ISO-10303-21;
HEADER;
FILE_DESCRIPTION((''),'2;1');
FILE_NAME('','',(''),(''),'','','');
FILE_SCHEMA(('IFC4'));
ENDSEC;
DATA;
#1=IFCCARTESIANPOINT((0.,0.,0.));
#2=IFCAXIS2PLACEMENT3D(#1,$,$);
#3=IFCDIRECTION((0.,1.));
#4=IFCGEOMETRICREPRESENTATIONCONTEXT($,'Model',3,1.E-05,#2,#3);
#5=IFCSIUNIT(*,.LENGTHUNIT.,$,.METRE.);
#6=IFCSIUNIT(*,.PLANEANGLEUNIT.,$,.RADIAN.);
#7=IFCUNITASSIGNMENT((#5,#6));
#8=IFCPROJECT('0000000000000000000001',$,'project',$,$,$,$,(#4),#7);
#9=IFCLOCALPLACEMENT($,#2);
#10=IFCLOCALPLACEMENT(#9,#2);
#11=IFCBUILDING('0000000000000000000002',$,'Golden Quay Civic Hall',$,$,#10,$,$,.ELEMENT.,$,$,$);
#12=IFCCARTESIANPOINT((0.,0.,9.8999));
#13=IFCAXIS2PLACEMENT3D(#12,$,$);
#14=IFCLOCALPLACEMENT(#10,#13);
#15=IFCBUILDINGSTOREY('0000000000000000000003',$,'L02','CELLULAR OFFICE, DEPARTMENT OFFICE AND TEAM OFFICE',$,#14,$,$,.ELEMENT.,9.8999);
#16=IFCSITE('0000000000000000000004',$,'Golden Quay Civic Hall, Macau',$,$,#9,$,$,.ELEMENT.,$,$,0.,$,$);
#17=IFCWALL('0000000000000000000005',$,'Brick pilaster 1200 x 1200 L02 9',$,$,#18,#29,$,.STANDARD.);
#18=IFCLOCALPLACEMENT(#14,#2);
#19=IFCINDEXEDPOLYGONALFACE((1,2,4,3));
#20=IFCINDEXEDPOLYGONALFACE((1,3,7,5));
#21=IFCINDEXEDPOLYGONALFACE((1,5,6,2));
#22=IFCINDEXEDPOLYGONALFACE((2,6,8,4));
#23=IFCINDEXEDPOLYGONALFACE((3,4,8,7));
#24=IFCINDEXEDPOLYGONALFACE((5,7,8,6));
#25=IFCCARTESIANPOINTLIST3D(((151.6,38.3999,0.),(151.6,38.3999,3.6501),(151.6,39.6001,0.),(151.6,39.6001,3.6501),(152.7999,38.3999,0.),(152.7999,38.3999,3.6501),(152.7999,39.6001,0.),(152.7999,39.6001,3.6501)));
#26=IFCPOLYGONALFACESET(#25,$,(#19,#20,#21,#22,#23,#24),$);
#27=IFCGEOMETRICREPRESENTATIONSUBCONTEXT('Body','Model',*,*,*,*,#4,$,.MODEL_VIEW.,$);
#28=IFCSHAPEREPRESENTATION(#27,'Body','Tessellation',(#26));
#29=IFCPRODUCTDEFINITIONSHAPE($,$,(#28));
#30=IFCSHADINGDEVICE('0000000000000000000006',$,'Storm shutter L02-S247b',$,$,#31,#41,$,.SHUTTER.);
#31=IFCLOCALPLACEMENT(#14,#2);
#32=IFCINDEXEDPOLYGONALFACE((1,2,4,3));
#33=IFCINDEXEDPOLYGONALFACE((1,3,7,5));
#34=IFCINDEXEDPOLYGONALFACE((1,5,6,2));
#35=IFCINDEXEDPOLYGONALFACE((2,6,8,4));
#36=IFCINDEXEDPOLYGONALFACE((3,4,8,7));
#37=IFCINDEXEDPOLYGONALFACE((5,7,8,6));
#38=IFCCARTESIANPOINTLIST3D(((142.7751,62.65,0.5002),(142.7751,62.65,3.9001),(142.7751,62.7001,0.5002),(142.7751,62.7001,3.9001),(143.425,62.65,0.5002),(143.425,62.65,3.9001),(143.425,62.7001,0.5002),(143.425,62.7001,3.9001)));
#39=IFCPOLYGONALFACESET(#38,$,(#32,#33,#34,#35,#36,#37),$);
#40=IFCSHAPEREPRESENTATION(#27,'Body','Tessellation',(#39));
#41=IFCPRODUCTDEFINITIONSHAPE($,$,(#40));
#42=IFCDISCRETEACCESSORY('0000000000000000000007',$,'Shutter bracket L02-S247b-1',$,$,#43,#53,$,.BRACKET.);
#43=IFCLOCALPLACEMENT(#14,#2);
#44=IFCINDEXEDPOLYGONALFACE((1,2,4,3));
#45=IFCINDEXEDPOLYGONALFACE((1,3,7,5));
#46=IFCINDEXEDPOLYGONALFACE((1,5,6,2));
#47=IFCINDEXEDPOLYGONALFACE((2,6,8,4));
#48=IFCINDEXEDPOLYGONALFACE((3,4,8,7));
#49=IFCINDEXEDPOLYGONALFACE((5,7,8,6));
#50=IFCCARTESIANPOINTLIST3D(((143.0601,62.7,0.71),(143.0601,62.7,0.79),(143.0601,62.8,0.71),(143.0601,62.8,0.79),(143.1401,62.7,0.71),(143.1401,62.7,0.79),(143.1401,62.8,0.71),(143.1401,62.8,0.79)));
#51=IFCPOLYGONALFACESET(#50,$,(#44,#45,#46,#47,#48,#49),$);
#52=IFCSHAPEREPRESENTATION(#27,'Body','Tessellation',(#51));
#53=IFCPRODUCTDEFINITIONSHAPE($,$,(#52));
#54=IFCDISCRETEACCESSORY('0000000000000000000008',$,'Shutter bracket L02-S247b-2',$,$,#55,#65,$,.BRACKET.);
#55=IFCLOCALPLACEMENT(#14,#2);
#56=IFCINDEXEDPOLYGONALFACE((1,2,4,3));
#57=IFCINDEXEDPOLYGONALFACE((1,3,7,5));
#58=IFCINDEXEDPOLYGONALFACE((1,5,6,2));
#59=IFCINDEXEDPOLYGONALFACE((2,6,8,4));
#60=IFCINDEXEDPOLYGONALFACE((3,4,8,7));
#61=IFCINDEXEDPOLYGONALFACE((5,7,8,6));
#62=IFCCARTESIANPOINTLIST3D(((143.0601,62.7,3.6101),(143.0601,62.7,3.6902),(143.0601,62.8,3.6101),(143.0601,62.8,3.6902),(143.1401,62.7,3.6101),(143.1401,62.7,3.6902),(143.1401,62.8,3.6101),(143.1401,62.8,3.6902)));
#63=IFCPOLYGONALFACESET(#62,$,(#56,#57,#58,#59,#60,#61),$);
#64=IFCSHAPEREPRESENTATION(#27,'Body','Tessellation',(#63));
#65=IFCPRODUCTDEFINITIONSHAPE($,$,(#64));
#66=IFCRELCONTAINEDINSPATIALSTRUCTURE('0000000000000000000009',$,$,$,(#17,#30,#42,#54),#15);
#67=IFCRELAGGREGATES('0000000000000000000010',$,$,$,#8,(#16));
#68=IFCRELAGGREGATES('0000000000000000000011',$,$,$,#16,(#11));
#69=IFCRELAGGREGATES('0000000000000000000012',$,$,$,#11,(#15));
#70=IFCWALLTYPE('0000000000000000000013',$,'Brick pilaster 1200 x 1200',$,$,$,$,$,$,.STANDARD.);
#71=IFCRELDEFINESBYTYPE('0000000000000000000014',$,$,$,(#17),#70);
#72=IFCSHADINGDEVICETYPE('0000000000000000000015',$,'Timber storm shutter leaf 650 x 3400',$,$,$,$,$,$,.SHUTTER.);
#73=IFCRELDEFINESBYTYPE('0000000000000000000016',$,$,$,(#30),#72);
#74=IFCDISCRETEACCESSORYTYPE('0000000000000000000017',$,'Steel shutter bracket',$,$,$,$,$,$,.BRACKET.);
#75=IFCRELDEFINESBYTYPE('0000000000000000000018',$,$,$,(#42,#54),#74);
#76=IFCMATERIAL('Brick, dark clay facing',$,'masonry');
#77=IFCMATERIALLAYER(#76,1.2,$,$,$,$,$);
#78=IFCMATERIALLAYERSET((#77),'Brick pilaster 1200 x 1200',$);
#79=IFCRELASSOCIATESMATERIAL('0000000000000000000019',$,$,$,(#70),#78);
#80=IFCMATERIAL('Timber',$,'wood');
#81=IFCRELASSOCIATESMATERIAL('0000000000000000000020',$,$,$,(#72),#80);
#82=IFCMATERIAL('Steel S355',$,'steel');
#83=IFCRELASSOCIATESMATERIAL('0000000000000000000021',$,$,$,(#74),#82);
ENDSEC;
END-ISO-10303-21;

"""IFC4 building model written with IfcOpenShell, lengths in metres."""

from ifc_helpers import new_model, si_unit, direction, frame, frame_2d, origin, origin_2d, place, context, subcontext, project, spatial, rectangle, extrude, material, layer, layer_set, type_object, element, save


model = new_model("IFC4")

# Units and contexts
model_context = context("Model", 3, precision=1e-05, world=origin(), true_north=direction((0.0, 1.0)))
body_context = subcontext(model_context, "Body", "Model", "MODEL_VIEW")
ifc_project = project(units=[si_unit("LENGTHUNIT", "METRE"), si_unit("PLANEANGLEUNIT", "RADIAN")], contexts=[model_context])

# Site, building, storey
site_placement = place(None, origin())
site = spatial("IfcSite", under=ifc_project, at=site_placement, Name="Golden Quay Civic Hall, Macau", CompositionType="ELEMENT", RefElevation=0.0)
building_placement = place(site_placement, origin())
building = spatial("IfcBuilding", under=site, at=building_placement, Name="Golden Quay Civic Hall", CompositionType="ELEMENT")
storey_placement = place(building_placement, frame((0.0, 0.0, 9.8999)))
storey = spatial("IfcBuildingStorey", under=building, at=storey_placement, Name="L02", Description="CELLULAR OFFICE, DEPARTMENT OFFICE AND TEAM OFFICE", CompositionType="ELEMENT", Elevation=9.8999)

# Wall
ifc_material_1 = material(Name="Brick, dark clay facing", Category="masonry")
ifc_layer_1 = layer(ifc_material_1, 1.2)
ifc_layer_set_1 = layer_set([ifc_layer_1], Name="Brick pilaster 1200 x 1200")
wall_type_1 = type_object("IfcWallType", Name="Brick pilaster 1200 x 1200", PredefinedType="STANDARD", material=ifc_layer_set_1)
wall_1_placement = place(storey_placement, frame((152.2, 38.3999, 0.0), z_axis=(0.0, 0.0, 1.0), x_axis=(0.0, 1.0, 0.0)))
element("IfcWall", 1, at=wall_1_placement, inside=storey, type_object=wall_type_1, Name="Brick pilaster 1200 x 1200 L02 9", PredefinedType="STANDARD", context=body_context, shape_type="SweptSolid", body=[
    extrude(rectangle(XDim=1.2002, YDim=1.2, at=frame_2d((0.6001, 0.0))), origin(), (0.0, 0.0, 1.0), 3.6501),
])

# Shading device
ifc_material_2 = material(Name="Timber", Category="wood")
shading_device_type = type_object("IfcShadingDeviceType", Name="Timber storm shutter leaf 650 x 3400", PredefinedType="SHUTTER", material=ifc_material_2)
shading_device_placement = place(storey_placement, frame((143.1001, 62.675, 0.5002), z_axis=(0.0, 0.0, 1.0), x_axis=(1.0, 0.0, 0.0)))
element("IfcShadingDevice", 2, at=shading_device_placement, inside=storey, type_object=shading_device_type, Name="Storm shutter L02-S247b", PredefinedType="SHUTTER", context=body_context, shape_type="SweptSolid", body=[
    extrude(rectangle(XDim=0.6499, YDim=0.05, at=origin_2d()), origin(), (0.0, 0.0, 1.0), 3.3999),
])

# Discrete accessories
ifc_material_3 = material(Name="Steel S355", Category="steel")
discrete_accessory_type = type_object("IfcDiscreteAccessoryType", Name="Steel shutter bracket", PredefinedType="BRACKET", material=ifc_material_3)
for number, where, z_axis, x_axis, name in (
    (3, (143.1001, 62.75, 0.71), (0.0, 0.0, 1.0), (1.0, 0.0, 0.0), "Shutter bracket L02-S247b-1"),
    (4, (143.1001, 62.75, 3.6101), (0.0, 0.0, 1.0), (1.0, 0.0, 0.0), "Shutter bracket L02-S247b-2"),
):
    element("IfcDiscreteAccessory", number, at=place(storey_placement, frame(where, z_axis=z_axis, x_axis=x_axis)), inside=storey, type_object=discrete_accessory_type, Name=name, PredefinedType="BRACKET", context=body_context, shape_type="SweptSolid", body=[
        extrude(rectangle(XDim=0.0801, YDim=0.1001, at=origin_2d()), origin(), (0.0, 0.0, 1.0), 0.0801),
    ])

save(model, "model.ifc")
